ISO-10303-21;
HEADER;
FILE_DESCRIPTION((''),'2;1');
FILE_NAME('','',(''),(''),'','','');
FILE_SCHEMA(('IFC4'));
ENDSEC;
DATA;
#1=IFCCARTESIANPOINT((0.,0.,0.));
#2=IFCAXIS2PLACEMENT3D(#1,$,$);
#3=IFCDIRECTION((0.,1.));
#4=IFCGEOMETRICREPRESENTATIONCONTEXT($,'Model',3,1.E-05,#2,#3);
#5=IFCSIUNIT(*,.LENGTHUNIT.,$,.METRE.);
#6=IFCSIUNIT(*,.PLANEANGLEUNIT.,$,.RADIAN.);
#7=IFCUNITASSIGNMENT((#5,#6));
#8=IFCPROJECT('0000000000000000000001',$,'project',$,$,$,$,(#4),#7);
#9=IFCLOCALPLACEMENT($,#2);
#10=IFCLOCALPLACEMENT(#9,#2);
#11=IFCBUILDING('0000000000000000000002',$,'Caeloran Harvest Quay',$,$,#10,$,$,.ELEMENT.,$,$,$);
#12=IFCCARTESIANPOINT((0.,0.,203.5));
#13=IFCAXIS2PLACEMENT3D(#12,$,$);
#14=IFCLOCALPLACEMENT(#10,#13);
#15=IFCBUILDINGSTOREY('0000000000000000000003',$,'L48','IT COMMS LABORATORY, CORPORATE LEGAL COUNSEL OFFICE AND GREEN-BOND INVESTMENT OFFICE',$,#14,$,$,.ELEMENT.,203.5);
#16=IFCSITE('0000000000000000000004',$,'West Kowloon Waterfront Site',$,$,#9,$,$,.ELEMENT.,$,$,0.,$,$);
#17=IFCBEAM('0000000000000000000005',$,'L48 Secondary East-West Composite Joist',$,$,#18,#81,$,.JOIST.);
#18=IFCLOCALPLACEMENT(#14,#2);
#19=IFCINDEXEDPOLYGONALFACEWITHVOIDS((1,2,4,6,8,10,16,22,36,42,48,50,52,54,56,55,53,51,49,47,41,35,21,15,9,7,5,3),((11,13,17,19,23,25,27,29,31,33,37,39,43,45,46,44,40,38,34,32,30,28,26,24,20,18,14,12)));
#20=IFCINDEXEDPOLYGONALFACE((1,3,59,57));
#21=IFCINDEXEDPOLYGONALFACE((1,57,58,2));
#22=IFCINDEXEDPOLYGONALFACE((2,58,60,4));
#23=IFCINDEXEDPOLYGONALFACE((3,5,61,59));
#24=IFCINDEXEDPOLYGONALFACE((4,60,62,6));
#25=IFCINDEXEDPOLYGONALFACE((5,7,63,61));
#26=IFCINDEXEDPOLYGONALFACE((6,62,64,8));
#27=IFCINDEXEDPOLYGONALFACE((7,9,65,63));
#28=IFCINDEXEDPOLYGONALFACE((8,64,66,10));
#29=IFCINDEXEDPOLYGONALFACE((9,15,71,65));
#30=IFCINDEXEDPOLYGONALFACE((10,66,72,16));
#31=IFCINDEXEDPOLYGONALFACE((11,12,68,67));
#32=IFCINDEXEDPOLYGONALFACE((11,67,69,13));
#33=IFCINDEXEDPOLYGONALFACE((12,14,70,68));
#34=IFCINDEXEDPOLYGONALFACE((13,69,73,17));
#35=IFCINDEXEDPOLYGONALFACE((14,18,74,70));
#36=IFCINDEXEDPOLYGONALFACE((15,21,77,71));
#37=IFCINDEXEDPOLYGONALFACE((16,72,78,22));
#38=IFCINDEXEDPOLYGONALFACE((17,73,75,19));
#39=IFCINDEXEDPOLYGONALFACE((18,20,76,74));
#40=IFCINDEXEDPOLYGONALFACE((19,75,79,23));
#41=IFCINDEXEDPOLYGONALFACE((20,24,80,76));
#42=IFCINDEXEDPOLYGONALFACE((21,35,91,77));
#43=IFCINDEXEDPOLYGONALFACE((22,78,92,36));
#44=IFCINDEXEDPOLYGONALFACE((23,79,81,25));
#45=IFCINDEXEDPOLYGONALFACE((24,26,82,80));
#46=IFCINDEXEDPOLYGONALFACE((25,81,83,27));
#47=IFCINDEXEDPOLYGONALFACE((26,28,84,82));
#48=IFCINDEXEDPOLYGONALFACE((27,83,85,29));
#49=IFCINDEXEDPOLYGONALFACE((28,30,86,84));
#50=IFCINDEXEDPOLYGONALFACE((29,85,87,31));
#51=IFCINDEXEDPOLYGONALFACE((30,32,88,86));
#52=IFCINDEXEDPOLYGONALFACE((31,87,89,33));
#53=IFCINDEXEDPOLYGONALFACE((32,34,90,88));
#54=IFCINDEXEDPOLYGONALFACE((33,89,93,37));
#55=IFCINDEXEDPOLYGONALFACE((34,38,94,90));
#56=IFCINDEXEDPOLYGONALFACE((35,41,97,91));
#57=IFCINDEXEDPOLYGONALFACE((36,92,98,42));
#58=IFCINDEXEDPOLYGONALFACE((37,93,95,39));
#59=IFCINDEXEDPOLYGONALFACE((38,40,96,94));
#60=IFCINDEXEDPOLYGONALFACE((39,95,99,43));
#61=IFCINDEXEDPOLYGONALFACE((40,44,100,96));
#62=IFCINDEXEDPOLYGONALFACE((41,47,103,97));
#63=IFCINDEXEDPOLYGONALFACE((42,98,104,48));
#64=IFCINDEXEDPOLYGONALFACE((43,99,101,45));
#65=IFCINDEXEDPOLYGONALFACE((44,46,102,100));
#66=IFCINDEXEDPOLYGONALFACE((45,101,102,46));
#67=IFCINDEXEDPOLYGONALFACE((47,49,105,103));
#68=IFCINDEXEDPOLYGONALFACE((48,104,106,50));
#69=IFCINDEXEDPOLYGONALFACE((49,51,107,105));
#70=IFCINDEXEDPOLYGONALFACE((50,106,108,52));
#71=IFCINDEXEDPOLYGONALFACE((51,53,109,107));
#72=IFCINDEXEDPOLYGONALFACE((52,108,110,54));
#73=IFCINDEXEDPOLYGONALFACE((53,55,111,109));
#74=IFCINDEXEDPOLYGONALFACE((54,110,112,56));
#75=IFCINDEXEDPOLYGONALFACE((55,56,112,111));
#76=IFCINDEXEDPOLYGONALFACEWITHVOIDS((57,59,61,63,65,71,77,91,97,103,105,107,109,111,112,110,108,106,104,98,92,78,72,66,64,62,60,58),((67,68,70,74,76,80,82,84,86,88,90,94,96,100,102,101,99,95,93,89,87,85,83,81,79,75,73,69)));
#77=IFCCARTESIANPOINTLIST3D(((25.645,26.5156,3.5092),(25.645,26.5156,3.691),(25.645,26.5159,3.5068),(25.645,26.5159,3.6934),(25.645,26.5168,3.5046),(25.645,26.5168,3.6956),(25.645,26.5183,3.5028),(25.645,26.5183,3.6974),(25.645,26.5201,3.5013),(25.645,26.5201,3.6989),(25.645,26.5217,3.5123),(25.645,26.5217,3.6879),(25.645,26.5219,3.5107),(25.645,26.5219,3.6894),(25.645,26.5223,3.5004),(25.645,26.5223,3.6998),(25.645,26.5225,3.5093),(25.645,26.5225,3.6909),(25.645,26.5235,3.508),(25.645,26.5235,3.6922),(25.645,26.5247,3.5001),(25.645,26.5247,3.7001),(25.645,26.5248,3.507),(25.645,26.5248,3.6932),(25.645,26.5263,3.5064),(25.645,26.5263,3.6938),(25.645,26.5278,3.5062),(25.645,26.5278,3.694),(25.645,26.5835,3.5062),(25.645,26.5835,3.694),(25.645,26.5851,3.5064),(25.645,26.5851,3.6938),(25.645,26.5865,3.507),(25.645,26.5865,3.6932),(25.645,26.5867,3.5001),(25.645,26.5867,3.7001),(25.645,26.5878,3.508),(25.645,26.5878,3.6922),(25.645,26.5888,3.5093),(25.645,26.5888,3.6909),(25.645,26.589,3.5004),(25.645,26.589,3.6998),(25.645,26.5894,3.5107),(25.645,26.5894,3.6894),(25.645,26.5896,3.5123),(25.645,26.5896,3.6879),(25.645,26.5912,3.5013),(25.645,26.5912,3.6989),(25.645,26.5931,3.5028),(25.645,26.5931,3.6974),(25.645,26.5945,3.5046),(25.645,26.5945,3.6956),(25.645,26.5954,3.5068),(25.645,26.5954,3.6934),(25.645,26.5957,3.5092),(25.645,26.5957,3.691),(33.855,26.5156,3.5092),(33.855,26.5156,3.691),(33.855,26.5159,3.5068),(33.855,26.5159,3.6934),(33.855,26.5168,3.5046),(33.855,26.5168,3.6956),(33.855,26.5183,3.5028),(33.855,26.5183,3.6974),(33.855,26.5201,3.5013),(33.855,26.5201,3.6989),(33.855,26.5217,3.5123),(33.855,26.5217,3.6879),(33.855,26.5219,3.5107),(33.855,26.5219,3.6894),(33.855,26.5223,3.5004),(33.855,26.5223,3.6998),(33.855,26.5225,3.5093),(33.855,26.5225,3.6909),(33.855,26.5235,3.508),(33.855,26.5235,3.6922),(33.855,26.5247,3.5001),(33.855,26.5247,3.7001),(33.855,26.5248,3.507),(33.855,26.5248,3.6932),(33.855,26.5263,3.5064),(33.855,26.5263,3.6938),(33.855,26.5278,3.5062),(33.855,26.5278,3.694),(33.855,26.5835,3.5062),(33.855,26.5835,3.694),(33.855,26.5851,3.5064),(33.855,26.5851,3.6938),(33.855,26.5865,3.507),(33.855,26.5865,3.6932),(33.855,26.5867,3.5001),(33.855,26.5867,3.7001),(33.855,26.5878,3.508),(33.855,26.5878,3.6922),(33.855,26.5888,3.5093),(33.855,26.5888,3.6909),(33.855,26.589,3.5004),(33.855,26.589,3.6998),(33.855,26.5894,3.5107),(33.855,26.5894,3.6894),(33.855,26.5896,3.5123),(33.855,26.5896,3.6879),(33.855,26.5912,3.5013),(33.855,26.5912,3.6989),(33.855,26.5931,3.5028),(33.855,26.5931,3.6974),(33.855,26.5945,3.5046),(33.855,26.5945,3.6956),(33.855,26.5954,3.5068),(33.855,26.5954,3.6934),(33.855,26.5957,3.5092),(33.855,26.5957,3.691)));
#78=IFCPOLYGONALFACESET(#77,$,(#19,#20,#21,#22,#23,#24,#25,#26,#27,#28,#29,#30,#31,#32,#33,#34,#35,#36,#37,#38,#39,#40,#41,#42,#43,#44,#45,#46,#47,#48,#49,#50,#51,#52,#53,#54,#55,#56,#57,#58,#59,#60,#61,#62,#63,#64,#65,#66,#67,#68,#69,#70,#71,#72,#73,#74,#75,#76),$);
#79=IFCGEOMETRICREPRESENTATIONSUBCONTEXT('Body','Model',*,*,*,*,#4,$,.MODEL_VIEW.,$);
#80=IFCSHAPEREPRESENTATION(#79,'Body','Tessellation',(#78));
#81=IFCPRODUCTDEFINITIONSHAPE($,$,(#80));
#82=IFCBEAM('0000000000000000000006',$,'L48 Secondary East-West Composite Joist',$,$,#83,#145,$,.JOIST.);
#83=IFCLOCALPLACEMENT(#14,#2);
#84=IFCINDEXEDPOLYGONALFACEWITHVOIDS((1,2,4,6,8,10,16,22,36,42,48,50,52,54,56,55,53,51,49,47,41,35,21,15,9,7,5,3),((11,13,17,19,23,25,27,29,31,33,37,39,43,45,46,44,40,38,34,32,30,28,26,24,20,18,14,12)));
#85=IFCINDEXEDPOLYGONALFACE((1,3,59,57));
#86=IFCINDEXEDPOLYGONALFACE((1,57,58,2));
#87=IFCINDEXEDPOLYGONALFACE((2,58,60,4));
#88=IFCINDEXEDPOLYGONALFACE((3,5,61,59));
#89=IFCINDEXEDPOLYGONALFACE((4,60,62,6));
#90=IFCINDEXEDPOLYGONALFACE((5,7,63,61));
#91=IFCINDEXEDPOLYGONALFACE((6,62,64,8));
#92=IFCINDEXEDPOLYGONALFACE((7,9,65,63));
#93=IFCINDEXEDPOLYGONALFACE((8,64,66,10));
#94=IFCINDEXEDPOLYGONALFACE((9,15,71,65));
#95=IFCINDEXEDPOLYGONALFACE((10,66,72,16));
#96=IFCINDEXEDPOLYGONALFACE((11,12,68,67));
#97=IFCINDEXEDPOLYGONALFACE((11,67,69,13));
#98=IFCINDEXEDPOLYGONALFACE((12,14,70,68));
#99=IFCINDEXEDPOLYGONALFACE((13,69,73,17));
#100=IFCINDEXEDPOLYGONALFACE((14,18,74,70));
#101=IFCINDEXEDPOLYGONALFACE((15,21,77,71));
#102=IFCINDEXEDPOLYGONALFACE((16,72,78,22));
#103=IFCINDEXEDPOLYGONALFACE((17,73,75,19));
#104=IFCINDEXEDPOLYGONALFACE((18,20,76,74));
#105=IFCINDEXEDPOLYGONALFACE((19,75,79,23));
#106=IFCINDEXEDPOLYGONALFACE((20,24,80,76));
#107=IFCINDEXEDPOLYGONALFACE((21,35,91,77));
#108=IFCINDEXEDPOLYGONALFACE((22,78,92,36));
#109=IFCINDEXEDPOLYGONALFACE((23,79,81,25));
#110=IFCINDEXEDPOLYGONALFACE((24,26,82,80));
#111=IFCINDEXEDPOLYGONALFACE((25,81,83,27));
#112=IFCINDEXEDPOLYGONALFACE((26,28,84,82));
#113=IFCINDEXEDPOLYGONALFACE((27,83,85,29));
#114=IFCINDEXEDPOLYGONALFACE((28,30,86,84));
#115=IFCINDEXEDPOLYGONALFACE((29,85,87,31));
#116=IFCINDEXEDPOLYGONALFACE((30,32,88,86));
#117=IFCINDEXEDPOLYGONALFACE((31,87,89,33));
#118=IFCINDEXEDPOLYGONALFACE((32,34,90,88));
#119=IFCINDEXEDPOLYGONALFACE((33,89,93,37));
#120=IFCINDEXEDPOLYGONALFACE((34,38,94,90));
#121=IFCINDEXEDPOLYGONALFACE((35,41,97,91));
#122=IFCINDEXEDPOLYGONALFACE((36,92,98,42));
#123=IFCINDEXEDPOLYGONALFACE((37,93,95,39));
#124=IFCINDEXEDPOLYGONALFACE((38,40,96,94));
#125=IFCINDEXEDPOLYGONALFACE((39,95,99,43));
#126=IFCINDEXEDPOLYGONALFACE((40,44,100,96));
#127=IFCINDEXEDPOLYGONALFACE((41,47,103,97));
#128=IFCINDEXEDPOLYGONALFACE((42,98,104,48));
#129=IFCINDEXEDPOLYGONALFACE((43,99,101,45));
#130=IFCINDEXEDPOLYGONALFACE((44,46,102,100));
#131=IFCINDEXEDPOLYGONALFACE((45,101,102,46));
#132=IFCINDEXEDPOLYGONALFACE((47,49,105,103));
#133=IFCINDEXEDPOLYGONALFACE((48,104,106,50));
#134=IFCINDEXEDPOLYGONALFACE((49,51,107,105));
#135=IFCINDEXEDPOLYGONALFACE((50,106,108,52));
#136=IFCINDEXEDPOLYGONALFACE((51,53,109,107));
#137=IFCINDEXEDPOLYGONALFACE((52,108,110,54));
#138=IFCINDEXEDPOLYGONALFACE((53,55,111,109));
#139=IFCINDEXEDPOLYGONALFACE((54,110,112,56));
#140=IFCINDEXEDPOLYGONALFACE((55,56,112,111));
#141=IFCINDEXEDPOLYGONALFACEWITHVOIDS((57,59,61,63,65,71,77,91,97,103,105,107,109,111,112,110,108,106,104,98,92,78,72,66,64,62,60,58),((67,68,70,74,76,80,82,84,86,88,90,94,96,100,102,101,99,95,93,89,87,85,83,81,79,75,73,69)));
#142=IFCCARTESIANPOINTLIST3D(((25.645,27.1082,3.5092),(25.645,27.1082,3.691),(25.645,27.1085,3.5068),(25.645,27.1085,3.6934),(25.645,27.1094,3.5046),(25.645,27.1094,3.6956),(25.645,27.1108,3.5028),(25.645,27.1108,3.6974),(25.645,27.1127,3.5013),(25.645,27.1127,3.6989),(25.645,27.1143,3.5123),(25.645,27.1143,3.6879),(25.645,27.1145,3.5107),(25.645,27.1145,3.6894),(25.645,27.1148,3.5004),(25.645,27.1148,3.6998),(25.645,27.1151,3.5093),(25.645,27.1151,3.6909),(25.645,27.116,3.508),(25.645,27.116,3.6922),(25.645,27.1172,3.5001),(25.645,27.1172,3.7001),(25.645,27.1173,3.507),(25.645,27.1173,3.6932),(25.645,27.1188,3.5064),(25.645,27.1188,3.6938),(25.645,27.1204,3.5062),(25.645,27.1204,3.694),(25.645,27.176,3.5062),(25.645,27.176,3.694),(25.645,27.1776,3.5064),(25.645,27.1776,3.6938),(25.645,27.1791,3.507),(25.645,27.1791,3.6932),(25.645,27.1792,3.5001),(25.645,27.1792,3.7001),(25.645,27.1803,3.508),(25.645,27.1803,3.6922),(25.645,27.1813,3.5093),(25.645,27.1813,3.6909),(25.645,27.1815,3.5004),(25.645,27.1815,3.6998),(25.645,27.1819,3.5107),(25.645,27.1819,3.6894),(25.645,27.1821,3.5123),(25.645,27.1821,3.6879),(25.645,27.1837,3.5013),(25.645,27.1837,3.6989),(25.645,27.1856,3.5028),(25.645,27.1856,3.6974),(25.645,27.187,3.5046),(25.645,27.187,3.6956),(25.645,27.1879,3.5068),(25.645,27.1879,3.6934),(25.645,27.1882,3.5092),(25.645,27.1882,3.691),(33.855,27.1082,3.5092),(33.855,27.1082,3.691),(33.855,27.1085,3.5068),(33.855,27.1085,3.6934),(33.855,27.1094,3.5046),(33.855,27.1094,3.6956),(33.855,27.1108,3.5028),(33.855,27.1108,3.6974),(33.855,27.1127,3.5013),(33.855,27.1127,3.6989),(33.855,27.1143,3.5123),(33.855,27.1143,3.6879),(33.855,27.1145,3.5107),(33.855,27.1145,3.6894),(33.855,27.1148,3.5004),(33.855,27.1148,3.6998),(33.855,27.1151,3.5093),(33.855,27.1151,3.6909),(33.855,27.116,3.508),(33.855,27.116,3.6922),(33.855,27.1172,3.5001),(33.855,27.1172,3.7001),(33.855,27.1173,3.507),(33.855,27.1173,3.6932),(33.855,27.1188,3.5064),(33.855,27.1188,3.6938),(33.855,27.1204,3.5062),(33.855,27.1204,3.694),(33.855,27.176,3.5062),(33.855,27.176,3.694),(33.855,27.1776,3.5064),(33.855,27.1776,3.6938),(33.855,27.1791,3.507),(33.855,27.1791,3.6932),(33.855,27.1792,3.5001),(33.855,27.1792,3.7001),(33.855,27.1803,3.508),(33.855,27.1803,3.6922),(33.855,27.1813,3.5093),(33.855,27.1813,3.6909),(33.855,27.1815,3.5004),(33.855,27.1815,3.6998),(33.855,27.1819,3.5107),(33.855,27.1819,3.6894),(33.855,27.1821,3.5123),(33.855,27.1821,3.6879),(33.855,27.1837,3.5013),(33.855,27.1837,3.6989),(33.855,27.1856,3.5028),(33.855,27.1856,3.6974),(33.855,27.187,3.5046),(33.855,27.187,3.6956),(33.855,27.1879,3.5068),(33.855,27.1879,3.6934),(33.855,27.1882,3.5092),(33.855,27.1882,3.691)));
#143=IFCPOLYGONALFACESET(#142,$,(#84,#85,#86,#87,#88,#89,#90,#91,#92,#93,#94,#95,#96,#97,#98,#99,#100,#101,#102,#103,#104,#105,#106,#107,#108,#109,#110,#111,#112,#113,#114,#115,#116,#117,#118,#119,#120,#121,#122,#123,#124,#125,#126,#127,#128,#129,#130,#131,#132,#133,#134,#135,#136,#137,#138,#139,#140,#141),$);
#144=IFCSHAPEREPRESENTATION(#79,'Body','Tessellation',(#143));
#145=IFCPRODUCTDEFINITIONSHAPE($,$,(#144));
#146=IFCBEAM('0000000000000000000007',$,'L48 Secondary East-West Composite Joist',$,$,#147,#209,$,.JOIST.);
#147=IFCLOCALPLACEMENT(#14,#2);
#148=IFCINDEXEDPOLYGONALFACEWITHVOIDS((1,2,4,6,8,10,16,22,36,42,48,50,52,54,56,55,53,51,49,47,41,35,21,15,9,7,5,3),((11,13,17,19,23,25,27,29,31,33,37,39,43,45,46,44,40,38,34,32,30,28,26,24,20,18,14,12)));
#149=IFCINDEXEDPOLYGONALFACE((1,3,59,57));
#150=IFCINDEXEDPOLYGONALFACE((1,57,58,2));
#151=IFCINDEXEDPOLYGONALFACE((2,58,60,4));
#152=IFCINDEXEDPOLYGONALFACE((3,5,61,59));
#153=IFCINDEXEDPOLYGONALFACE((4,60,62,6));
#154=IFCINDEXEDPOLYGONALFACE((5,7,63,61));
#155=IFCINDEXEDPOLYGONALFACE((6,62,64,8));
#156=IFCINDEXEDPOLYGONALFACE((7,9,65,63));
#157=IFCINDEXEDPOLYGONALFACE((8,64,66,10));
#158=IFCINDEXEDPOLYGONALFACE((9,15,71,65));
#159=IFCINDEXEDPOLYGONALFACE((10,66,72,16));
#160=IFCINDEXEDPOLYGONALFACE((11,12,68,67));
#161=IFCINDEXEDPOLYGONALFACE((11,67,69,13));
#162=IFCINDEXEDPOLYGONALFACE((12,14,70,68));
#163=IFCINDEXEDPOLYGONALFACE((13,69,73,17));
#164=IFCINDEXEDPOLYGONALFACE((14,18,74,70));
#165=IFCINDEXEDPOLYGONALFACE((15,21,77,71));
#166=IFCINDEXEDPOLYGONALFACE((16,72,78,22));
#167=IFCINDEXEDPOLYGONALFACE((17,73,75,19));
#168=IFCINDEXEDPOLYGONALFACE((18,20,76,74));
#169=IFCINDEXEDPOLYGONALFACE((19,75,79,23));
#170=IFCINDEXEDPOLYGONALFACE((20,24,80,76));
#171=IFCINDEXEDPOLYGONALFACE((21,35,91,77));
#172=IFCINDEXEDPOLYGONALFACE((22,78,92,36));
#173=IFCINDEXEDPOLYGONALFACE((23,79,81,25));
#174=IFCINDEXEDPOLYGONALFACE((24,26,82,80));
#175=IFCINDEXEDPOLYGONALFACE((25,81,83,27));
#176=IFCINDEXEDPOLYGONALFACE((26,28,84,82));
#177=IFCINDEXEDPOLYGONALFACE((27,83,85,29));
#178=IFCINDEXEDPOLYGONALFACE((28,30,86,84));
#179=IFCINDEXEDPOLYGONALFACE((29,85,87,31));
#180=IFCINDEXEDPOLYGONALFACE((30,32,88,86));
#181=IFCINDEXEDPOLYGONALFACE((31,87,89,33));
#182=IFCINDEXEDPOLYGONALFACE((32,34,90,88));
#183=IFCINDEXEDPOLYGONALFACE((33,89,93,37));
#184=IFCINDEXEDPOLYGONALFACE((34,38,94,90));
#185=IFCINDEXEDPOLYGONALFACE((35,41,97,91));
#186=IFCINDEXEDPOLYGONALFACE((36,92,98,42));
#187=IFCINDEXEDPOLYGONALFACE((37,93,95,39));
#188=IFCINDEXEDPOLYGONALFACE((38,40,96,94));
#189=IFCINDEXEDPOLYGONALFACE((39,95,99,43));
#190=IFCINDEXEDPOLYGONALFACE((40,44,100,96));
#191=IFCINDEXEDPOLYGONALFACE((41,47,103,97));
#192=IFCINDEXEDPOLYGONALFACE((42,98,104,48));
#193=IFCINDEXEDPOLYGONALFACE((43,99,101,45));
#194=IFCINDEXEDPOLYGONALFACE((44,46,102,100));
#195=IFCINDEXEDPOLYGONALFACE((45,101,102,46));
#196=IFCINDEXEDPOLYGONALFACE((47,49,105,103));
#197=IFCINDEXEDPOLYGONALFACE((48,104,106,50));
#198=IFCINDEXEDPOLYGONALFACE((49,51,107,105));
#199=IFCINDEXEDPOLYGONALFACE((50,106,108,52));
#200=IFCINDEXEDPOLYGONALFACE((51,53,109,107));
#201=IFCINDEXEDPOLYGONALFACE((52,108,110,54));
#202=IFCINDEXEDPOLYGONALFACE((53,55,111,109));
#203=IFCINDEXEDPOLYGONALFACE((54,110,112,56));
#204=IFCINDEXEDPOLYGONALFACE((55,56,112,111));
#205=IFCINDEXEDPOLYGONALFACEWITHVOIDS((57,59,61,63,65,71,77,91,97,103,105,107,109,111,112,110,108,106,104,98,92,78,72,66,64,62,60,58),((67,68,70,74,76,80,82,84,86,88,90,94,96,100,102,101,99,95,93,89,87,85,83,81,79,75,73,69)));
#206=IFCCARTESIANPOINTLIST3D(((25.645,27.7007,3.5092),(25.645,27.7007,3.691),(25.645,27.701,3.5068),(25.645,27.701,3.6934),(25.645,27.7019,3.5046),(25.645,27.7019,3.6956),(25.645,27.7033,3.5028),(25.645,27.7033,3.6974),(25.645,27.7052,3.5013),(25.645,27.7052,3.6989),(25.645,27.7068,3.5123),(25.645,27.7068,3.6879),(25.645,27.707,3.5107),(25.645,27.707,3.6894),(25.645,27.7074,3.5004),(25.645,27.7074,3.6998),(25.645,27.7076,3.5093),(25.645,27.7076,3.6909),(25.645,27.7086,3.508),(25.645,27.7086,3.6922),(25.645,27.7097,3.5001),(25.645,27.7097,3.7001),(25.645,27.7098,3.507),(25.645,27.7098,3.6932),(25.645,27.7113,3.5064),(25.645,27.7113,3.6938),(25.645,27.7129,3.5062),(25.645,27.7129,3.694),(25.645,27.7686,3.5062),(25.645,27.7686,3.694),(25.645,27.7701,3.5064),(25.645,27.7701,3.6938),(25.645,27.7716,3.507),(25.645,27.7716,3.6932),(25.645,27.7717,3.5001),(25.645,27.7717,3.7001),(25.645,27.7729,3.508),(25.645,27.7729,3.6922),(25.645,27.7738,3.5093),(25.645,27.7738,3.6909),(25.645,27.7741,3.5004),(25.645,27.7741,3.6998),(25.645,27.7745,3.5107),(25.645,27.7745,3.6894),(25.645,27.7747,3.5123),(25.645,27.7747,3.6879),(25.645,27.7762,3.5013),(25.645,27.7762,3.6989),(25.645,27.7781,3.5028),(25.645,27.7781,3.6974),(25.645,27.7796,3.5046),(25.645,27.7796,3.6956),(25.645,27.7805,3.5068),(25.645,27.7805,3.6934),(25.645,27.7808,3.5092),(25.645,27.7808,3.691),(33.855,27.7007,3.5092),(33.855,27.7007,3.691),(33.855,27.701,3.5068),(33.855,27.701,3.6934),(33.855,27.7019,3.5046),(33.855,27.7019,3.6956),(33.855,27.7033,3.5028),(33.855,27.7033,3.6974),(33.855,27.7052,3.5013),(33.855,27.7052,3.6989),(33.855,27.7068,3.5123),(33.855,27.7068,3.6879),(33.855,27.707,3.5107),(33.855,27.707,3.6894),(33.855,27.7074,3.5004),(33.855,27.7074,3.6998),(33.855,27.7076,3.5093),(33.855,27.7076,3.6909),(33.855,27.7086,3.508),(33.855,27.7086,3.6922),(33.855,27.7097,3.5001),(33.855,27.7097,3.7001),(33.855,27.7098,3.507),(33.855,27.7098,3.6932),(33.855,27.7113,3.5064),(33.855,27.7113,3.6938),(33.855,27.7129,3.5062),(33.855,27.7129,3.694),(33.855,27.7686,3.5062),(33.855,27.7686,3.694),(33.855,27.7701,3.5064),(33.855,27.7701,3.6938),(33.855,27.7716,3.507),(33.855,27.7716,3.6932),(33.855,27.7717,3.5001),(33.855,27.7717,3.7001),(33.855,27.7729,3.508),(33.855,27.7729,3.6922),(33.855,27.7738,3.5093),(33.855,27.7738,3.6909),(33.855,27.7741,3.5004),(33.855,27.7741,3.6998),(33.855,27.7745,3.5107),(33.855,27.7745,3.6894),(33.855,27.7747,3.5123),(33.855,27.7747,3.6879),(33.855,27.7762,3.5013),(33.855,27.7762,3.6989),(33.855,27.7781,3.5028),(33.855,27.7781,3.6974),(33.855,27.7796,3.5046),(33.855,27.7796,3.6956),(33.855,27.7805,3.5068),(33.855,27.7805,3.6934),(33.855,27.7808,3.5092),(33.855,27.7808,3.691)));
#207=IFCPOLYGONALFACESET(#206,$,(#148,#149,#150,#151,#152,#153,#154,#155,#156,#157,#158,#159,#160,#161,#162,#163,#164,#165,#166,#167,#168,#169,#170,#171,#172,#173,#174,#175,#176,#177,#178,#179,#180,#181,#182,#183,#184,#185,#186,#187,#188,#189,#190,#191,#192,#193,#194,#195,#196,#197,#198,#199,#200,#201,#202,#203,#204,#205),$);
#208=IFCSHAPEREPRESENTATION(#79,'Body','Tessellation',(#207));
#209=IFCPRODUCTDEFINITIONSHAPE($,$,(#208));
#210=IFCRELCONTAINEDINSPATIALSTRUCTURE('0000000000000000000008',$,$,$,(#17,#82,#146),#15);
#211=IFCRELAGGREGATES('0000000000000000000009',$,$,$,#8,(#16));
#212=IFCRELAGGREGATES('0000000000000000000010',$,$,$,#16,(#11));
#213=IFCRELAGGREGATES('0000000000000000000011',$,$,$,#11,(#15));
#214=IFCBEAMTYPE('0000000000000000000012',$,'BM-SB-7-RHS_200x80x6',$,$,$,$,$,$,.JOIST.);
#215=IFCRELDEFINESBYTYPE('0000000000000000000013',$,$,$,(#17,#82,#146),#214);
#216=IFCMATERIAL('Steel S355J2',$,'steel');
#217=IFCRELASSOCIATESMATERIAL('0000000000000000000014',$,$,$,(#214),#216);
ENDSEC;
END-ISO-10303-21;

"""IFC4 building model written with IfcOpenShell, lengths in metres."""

from ifc_helpers import new_model, si_unit, direction, frame, origin, origin_2d, place, context, subcontext, project, spatial, hollow_rectangle, extrude, material, material_profile, profile_set, type_object, element, save


model = new_model("IFC4")

# Units and contexts
model_context = context("Model", 3, precision=1e-05, world=origin(), true_north=direction((0.0, 1.0)))
body_context = subcontext(model_context, "Body", "Model", "MODEL_VIEW")
ifc_project = project(units=[si_unit("LENGTHUNIT", "METRE"), si_unit("PLANEANGLEUNIT", "RADIAN")], contexts=[model_context])

# Site, building, storey
site_placement = place(None, origin())
site = spatial("IfcSite", under=ifc_project, at=site_placement, Name="West Kowloon Waterfront Site", CompositionType="ELEMENT", RefElevation=0.0)
building_placement = place(site_placement, origin())
building = spatial("IfcBuilding", under=site, at=building_placement, Name="Caeloran Harvest Quay", CompositionType="ELEMENT")
storey_placement = place(building_placement, frame((0.0, 0.0, 203.5)))
storey = spatial("IfcBuildingStorey", under=building, at=storey_placement, Name="L48", Description="IT COMMS LABORATORY, CORPORATE LEGAL COUNSEL OFFICE AND GREEN-BOND INVESTMENT OFFICE", CompositionType="ELEMENT", Elevation=203.5)

# Beams
ifc_material_1 = material(Name="Steel S355J2", Category="steel")
ifc_material_profile_1 = material_profile(ifc_material_1, hollow_rectangle(XDim=0.0801, YDim=0.2, WallThickness=0.0061, InnerFilletRadius=0.0061, OuterFilletRadius=0.009, at=origin_2d()), Name="RHS 200x80x6")
ifc_profile_set_1 = profile_set([ifc_material_profile_1], Name="Steel S355J2")
beam_type_1 = type_object("IfcBeamType", Name="BM-SB-7-RHS_200x80x6", PredefinedType="JOIST", material=ifc_profile_set_1)
for number, where, z_axis, x_axis, name in (
    (1, (25.645, 26.5557, 3.6001), (1.0, 0.0, 0.0), (0.0, 1.0, 0.0), "L48 Secondary East-West Composite Joist"),
    (2, (25.645, 27.1482, 3.6001), (1.0, 0.0, 0.0), (0.0, 1.0, 0.0), "L48 Secondary East-West Composite Joist"),
    (3, (25.645, 27.7407, 3.6001), (1.0, 0.0, 0.0), (0.0, 1.0, 0.0), "L48 Secondary East-West Composite Joist"),
):
    element("IfcBeam", number, at=place(storey_placement, frame(where, z_axis=z_axis, x_axis=x_axis)), inside=storey, type_object=beam_type_1, Name=name, PredefinedType="JOIST", context=body_context, shape_type="SweptSolid", body=[
        extrude(hollow_rectangle(XDim=0.0801, YDim=0.2, WallThickness=0.0061, InnerFilletRadius=0.0061, OuterFilletRadius=0.009, at=origin_2d()), origin(), (0.0, 0.0, 1.0), 8.21),
    ])

save(model, "model.ifc")
